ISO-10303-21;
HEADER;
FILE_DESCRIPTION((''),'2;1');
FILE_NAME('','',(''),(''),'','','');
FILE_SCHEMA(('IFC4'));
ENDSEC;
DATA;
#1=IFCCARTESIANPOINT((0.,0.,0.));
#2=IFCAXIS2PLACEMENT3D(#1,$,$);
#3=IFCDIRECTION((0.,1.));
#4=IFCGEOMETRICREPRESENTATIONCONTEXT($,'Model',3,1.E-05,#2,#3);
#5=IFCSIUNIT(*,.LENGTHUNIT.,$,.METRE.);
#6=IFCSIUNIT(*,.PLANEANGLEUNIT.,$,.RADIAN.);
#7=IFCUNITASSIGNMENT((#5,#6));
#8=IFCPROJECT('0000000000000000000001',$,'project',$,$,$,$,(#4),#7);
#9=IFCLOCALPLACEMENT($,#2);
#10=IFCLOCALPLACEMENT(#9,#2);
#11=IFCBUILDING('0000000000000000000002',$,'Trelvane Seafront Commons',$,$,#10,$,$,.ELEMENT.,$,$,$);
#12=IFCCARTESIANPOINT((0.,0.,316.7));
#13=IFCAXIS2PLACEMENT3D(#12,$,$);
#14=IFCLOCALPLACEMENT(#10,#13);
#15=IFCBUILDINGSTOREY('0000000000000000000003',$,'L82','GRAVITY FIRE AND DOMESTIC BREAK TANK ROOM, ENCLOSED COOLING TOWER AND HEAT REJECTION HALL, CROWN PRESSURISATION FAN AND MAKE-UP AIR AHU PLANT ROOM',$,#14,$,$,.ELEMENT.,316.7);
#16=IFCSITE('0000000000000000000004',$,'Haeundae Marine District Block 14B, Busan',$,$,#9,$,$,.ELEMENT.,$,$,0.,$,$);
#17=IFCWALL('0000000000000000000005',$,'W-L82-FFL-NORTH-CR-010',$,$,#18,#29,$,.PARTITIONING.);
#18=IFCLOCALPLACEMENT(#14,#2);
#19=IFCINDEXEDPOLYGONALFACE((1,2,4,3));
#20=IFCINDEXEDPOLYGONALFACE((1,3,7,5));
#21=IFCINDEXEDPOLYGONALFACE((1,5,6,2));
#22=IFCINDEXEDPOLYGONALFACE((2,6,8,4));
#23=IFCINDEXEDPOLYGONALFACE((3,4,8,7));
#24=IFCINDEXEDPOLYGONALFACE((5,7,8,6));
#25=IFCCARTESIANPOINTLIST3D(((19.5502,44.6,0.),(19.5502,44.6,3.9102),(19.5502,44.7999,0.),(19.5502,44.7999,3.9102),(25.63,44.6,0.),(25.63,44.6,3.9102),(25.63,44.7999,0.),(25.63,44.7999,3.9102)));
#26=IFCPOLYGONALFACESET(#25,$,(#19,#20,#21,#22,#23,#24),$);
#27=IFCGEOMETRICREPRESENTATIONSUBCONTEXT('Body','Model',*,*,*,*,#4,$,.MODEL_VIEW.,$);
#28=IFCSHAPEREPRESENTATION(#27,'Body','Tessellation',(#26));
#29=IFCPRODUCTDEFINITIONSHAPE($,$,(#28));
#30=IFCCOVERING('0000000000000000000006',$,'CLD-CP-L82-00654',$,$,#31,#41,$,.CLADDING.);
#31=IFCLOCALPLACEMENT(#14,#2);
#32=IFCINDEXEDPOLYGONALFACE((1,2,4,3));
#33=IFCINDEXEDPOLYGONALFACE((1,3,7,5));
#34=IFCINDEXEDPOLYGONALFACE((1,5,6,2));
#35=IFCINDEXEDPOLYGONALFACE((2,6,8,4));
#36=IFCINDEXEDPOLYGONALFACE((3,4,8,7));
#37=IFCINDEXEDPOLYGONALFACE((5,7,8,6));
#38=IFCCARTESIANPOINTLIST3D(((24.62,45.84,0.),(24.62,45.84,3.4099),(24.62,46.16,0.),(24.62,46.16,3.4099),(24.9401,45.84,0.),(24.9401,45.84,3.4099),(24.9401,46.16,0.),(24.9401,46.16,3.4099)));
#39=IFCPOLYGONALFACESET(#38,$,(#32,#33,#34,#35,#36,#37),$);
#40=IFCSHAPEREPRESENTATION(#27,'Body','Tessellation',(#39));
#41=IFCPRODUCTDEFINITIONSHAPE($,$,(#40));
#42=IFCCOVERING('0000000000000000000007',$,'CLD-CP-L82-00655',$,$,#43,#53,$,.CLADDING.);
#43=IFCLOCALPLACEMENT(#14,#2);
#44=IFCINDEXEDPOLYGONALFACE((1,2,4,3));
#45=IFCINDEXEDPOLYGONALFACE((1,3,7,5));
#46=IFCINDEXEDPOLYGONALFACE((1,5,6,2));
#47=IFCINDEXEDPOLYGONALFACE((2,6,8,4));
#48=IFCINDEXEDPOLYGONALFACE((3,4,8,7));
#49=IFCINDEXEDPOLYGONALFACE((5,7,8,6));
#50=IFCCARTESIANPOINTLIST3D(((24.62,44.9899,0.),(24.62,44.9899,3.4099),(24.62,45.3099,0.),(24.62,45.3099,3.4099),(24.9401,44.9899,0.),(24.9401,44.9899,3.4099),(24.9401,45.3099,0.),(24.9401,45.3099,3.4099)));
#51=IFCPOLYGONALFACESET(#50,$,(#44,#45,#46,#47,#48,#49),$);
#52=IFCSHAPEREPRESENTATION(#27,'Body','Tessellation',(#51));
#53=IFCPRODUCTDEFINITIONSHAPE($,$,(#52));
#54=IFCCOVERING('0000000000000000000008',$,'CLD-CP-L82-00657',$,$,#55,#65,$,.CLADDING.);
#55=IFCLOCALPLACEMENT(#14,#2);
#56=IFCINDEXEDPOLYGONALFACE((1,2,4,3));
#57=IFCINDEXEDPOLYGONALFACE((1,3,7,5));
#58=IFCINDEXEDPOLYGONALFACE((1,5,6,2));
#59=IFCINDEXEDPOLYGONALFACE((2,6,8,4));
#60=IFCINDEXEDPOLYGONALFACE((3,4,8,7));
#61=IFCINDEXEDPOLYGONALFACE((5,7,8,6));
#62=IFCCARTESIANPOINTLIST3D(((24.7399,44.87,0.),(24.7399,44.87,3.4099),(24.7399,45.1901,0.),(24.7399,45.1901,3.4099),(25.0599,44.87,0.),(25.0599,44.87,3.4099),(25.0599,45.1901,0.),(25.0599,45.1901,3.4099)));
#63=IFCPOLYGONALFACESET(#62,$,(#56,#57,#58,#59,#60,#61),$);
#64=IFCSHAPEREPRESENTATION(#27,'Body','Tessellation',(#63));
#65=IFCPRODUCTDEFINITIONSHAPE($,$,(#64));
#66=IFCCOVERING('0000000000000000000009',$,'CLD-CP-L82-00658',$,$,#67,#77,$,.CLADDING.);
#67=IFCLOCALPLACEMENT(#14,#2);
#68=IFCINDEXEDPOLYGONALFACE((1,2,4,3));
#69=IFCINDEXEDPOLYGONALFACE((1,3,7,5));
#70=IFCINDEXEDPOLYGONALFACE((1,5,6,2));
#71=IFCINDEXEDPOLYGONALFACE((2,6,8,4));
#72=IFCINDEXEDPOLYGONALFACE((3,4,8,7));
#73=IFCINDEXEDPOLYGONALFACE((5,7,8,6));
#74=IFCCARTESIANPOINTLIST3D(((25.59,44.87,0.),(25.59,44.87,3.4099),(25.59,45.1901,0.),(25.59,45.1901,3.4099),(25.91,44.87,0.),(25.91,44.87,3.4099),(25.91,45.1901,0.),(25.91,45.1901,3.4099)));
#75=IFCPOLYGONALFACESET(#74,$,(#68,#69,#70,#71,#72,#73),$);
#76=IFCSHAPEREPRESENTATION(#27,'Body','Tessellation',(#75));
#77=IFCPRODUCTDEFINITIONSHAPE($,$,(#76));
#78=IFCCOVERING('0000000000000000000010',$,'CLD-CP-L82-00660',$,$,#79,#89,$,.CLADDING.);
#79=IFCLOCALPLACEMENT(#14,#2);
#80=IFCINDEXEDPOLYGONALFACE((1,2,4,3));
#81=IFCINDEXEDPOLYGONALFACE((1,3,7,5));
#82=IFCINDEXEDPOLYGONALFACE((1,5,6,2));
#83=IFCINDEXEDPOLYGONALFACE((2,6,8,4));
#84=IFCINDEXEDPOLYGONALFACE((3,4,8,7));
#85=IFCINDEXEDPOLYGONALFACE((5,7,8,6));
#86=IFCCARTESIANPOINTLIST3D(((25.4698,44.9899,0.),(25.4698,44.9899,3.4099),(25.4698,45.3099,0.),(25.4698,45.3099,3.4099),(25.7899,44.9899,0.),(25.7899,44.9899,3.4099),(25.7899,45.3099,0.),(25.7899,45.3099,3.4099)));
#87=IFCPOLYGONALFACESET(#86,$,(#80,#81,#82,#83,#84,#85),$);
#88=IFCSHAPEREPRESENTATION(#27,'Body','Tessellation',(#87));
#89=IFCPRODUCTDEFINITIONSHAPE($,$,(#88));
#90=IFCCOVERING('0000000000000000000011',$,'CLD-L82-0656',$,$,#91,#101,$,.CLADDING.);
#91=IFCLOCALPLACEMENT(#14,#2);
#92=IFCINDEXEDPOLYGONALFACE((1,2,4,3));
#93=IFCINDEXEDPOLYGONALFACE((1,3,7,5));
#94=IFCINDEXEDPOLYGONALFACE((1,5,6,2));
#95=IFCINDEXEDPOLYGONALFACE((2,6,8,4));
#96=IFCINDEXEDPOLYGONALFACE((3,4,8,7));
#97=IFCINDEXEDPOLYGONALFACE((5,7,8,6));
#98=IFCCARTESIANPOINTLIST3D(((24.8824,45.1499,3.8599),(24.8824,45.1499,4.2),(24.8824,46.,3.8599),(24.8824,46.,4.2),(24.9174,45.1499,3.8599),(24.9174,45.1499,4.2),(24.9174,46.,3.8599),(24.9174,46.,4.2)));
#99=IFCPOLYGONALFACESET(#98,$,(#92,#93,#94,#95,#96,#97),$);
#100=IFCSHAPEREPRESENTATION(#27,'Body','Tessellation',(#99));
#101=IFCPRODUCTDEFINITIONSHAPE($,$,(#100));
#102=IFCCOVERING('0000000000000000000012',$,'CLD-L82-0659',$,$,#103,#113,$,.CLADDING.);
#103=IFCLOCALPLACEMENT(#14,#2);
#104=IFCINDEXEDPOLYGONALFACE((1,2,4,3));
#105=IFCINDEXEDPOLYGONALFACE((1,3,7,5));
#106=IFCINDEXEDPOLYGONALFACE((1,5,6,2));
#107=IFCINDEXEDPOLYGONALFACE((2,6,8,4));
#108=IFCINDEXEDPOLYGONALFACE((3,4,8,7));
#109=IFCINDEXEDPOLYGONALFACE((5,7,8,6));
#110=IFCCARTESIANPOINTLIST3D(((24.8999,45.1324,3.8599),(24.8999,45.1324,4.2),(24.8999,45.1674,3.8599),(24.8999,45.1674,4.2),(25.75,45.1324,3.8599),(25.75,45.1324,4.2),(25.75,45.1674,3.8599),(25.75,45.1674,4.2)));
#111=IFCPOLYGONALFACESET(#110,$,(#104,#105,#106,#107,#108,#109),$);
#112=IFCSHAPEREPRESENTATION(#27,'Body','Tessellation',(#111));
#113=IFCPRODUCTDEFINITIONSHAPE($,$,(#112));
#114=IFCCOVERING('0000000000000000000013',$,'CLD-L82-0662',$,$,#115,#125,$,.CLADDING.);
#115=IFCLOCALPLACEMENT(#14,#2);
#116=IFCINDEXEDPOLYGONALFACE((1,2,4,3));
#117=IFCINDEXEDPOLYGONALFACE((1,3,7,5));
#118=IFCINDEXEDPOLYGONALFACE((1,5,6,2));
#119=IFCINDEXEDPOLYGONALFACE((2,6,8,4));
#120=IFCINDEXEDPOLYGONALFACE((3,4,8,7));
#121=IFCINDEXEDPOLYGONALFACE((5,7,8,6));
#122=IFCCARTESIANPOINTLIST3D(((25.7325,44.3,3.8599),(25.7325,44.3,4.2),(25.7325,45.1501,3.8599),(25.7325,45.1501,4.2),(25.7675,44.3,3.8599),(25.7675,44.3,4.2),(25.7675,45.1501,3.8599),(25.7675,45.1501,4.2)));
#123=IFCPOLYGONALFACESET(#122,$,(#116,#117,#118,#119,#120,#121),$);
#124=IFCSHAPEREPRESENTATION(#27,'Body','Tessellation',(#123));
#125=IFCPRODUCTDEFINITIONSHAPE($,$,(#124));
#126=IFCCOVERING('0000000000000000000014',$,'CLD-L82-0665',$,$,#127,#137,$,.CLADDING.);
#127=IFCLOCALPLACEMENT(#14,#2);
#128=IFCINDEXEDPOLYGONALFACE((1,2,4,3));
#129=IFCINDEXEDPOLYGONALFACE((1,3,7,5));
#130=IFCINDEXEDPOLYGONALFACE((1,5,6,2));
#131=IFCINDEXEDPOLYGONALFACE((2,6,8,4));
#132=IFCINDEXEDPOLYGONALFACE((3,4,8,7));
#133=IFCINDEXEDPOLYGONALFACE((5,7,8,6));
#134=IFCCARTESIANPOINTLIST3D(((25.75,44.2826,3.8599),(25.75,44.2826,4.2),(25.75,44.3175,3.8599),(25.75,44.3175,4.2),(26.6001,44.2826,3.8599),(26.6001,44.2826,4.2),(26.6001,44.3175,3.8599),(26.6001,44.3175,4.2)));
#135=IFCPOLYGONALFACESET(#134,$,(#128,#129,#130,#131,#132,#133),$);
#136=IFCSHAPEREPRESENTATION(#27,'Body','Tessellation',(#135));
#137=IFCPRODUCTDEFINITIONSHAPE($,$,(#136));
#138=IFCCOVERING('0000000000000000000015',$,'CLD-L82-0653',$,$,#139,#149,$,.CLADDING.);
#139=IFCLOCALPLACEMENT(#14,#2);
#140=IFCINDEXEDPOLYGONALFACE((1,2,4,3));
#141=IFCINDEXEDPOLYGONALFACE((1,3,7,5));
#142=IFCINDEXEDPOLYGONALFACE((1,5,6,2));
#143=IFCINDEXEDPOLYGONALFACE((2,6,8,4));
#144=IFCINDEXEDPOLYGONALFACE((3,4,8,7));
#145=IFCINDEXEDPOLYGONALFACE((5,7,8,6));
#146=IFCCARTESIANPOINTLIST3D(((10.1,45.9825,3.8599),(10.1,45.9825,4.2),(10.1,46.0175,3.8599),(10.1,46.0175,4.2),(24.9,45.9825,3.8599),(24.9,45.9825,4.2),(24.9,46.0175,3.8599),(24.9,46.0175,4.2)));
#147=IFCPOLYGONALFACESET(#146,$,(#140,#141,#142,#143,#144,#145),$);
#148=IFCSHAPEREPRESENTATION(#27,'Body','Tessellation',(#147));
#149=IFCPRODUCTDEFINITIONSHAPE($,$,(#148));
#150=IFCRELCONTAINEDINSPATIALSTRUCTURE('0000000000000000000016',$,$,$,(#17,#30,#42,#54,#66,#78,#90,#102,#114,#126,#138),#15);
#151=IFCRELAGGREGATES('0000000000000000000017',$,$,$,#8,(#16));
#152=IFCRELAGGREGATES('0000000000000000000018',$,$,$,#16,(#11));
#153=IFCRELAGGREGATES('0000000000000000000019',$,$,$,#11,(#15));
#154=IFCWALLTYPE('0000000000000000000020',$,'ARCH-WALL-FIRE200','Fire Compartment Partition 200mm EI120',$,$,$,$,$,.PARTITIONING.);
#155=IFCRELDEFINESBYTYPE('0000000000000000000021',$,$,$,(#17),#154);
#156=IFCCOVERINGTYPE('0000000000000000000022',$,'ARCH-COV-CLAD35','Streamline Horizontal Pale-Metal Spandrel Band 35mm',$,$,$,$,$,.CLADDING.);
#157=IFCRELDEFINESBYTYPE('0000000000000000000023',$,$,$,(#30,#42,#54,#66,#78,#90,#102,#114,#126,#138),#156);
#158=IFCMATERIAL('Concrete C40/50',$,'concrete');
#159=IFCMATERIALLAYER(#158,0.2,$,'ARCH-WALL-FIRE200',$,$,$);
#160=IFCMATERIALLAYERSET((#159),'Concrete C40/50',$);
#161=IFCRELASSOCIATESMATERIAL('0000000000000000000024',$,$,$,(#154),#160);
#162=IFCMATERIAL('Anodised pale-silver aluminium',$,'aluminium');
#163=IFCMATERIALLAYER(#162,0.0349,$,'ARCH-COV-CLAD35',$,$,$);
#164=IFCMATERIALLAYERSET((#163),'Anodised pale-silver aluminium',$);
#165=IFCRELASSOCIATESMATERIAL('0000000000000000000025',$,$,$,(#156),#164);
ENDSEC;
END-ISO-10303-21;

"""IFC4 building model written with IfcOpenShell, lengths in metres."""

from ifc_helpers import new_model, si_unit, direction, frame, frame_2d, origin, origin_2d, place, context, subcontext, project, spatial, rectangle, extrude, source, transform, mapped, material, layer, layer_set, type_object, element, save


model = new_model("IFC4")

# Units and contexts
model_context = context("Model", 3, precision=1e-05, world=origin(), true_north=direction((0.0, 1.0)))
body_context = subcontext(model_context, "Body", "Model", "MODEL_VIEW")
ifc_project = project(units=[si_unit("LENGTHUNIT", "METRE"), si_unit("PLANEANGLEUNIT", "RADIAN")], contexts=[model_context])

# Site, building, storey
site_placement = place(None, origin())
site = spatial("IfcSite", under=ifc_project, at=site_placement, Name="Haeundae Marine District Block 14B, Busan", CompositionType="ELEMENT", RefElevation=0.0)
building_placement = place(site_placement, origin())
building = spatial("IfcBuilding", under=site, at=building_placement, Name="Trelvane Seafront Commons", CompositionType="ELEMENT")
storey_placement = place(building_placement, frame((0.0, 0.0, 316.7)))
storey = spatial("IfcBuildingStorey", under=building, at=storey_placement, Name="L82", Description="GRAVITY FIRE AND DOMESTIC BREAK TANK ROOM, ENCLOSED COOLING TOWER AND HEAT REJECTION HALL, CROWN PRESSURISATION FAN AND MAKE-UP AIR AHU PLANT ROOM", CompositionType="ELEMENT", Elevation=316.7)

# Shared definitions
ifc_material_1 = material(Name="Anodised pale-silver aluminium", Category="aluminium")

# Wall
ifc_material_2 = material(Name="Concrete C40/50", Category="concrete")
ifc_layer_1 = layer(ifc_material_2, 0.2, Name="ARCH-WALL-FIRE200")
ifc_layer_set_1 = layer_set([ifc_layer_1], Name="Concrete C40/50")
wall_type_1 = type_object("IfcWallType", Name="ARCH-WALL-FIRE200", Description="Fire Compartment Partition 200mm EI120", PredefinedType="PARTITIONING", material=ifc_layer_set_1)
wall_1_placement = place(storey_placement, frame((19.55, 44.7, 0.0), z_axis=(0.0, 0.0, 1.0), x_axis=(1.0, 0.0, 0.0)))
element("IfcWall", 1, at=wall_1_placement, inside=storey, type_object=wall_type_1, Name="W-L82-FFL-NORTH-CR-010", PredefinedType="PARTITIONING", context=body_context, shape_type="SweptSolid", body=[
    extrude(rectangle(XDim=6.0798, YDim=0.2, at=frame_2d((3.04, 0.0))), origin(), (0.0, 0.0, 1.0), 3.9102),
])

# Coverings
ifc_layer_2 = layer(ifc_material_1, 0.0349, Name="ARCH-COV-CLAD35")
ifc_layer_set_2 = layer_set([ifc_layer_2], Name="Anodised pale-silver aluminium")
covering_type = type_object("IfcCoveringType", Name="ARCH-COV-CLAD35", Description="Streamline Horizontal Pale-Metal Spandrel Band 35mm", PredefinedType="CLADDING", material=ifc_layer_set_2)
shared_shape_1 = source(origin(), body_context, "Body", "SweptSolid", [
    extrude(rectangle(XDim=0.3201, YDim=0.3201, at=origin_2d()), origin(), (0.0, 0.0, 1.0), 3.4099),
])
for number, where, z_axis, x_axis, name in (
    (2, (24.78, 46.0, 0.0), (0.0, 0.0, 1.0), (1.0, 0.0, 0.0), "CLD-CP-L82-00654"),
    (3, (24.78, 45.1499, 0.0), (0.0, 0.0, 1.0), (1.0, 0.0, 0.0), "CLD-CP-L82-00655"),
    (4, (24.8999, 45.03, 0.0), (0.0, 0.0, 1.0), (1.0, 0.0, 0.0), "CLD-CP-L82-00657"),
    (5, (25.75, 45.03, 0.0), (0.0, 0.0, 1.0), (1.0, 0.0, 0.0), "CLD-CP-L82-00658"),
    (6, (25.6299, 45.1499, 0.0), (0.0, 0.0, 1.0), (1.0, 0.0, 0.0), "CLD-CP-L82-00660"),
):
    element("IfcCovering", number, at=place(storey_placement, frame(where, z_axis=z_axis, x_axis=x_axis)), inside=storey, type_object=covering_type, Name=name, PredefinedType="CLADDING", context=body_context, shape_type="MappedRepresentation", body=[
        mapped(shared_shape_1, transform((0.0, 0.0, 0.0), x_axis=(1.0, 0.0, 0.0), y_axis=(0.0, 1.0, 0.0), z_axis=(0.0, 0.0, 1.0), scale=1.0)),
    ])
shared_shape_2 = source(origin(), body_context, "Body", "SweptSolid", [
    extrude(rectangle(XDim=0.8501, YDim=0.0349, at=origin_2d()), origin(), (0.0, 0.0, 1.0), 0.3401),
])
for number, where, z_axis, x_axis, name in (
    (7, (24.8999, 45.575, 3.8599), (0.0, 0.0, 1.0), (0.0, -1.0, 0.0), "CLD-L82-0656"),
    (8, (25.325, 45.1499, 3.8599), (0.0, 0.0, 1.0), (1.0, 0.0, 0.0), "CLD-L82-0659"),
    (9, (25.75, 44.7251, 3.8599), (0.0, 0.0, 1.0), (0.0, -1.0, 0.0), "CLD-L82-0662"),
    (10, (26.175, 44.3, 3.8599), (0.0, 0.0, 1.0), (1.0, 0.0, 0.0), "CLD-L82-0665"),
):
    element("IfcCovering", number, at=place(storey_placement, frame(where, z_axis=z_axis, x_axis=x_axis)), inside=storey, type_object=covering_type, Name=name, PredefinedType="CLADDING", context=body_context, shape_type="MappedRepresentation", body=[
        mapped(shared_shape_2, transform((0.0, 0.0, 0.0), x_axis=(1.0, 0.0, 0.0), y_axis=(0.0, 1.0, 0.0), z_axis=(0.0, 0.0, 1.0), scale=1.0)),
    ])
shared_shape_3 = source(origin(), body_context, "Body", "SweptSolid", [
    extrude(rectangle(XDim=14.8, YDim=0.0349, at=origin_2d()), origin(), (0.0, 0.0, 1.0), 0.3401),
])
covering_placement = place(storey_placement, frame((17.5, 46.0, 3.8599), z_axis=(0.0, 0.0, 1.0), x_axis=(1.0, 0.0, 0.0)))
element("IfcCovering", 11, at=covering_placement, inside=storey, type_object=covering_type, Name="CLD-L82-0653", PredefinedType="CLADDING", context=body_context, shape_type="MappedRepresentation", body=[
    mapped(shared_shape_3, transform((0.0, 0.0, 0.0), x_axis=(1.0, 0.0, 0.0), y_axis=(0.0, 1.0, 0.0), z_axis=(0.0, 0.0, 1.0), scale=1.0)),
])

save(model, "model.ifc")
